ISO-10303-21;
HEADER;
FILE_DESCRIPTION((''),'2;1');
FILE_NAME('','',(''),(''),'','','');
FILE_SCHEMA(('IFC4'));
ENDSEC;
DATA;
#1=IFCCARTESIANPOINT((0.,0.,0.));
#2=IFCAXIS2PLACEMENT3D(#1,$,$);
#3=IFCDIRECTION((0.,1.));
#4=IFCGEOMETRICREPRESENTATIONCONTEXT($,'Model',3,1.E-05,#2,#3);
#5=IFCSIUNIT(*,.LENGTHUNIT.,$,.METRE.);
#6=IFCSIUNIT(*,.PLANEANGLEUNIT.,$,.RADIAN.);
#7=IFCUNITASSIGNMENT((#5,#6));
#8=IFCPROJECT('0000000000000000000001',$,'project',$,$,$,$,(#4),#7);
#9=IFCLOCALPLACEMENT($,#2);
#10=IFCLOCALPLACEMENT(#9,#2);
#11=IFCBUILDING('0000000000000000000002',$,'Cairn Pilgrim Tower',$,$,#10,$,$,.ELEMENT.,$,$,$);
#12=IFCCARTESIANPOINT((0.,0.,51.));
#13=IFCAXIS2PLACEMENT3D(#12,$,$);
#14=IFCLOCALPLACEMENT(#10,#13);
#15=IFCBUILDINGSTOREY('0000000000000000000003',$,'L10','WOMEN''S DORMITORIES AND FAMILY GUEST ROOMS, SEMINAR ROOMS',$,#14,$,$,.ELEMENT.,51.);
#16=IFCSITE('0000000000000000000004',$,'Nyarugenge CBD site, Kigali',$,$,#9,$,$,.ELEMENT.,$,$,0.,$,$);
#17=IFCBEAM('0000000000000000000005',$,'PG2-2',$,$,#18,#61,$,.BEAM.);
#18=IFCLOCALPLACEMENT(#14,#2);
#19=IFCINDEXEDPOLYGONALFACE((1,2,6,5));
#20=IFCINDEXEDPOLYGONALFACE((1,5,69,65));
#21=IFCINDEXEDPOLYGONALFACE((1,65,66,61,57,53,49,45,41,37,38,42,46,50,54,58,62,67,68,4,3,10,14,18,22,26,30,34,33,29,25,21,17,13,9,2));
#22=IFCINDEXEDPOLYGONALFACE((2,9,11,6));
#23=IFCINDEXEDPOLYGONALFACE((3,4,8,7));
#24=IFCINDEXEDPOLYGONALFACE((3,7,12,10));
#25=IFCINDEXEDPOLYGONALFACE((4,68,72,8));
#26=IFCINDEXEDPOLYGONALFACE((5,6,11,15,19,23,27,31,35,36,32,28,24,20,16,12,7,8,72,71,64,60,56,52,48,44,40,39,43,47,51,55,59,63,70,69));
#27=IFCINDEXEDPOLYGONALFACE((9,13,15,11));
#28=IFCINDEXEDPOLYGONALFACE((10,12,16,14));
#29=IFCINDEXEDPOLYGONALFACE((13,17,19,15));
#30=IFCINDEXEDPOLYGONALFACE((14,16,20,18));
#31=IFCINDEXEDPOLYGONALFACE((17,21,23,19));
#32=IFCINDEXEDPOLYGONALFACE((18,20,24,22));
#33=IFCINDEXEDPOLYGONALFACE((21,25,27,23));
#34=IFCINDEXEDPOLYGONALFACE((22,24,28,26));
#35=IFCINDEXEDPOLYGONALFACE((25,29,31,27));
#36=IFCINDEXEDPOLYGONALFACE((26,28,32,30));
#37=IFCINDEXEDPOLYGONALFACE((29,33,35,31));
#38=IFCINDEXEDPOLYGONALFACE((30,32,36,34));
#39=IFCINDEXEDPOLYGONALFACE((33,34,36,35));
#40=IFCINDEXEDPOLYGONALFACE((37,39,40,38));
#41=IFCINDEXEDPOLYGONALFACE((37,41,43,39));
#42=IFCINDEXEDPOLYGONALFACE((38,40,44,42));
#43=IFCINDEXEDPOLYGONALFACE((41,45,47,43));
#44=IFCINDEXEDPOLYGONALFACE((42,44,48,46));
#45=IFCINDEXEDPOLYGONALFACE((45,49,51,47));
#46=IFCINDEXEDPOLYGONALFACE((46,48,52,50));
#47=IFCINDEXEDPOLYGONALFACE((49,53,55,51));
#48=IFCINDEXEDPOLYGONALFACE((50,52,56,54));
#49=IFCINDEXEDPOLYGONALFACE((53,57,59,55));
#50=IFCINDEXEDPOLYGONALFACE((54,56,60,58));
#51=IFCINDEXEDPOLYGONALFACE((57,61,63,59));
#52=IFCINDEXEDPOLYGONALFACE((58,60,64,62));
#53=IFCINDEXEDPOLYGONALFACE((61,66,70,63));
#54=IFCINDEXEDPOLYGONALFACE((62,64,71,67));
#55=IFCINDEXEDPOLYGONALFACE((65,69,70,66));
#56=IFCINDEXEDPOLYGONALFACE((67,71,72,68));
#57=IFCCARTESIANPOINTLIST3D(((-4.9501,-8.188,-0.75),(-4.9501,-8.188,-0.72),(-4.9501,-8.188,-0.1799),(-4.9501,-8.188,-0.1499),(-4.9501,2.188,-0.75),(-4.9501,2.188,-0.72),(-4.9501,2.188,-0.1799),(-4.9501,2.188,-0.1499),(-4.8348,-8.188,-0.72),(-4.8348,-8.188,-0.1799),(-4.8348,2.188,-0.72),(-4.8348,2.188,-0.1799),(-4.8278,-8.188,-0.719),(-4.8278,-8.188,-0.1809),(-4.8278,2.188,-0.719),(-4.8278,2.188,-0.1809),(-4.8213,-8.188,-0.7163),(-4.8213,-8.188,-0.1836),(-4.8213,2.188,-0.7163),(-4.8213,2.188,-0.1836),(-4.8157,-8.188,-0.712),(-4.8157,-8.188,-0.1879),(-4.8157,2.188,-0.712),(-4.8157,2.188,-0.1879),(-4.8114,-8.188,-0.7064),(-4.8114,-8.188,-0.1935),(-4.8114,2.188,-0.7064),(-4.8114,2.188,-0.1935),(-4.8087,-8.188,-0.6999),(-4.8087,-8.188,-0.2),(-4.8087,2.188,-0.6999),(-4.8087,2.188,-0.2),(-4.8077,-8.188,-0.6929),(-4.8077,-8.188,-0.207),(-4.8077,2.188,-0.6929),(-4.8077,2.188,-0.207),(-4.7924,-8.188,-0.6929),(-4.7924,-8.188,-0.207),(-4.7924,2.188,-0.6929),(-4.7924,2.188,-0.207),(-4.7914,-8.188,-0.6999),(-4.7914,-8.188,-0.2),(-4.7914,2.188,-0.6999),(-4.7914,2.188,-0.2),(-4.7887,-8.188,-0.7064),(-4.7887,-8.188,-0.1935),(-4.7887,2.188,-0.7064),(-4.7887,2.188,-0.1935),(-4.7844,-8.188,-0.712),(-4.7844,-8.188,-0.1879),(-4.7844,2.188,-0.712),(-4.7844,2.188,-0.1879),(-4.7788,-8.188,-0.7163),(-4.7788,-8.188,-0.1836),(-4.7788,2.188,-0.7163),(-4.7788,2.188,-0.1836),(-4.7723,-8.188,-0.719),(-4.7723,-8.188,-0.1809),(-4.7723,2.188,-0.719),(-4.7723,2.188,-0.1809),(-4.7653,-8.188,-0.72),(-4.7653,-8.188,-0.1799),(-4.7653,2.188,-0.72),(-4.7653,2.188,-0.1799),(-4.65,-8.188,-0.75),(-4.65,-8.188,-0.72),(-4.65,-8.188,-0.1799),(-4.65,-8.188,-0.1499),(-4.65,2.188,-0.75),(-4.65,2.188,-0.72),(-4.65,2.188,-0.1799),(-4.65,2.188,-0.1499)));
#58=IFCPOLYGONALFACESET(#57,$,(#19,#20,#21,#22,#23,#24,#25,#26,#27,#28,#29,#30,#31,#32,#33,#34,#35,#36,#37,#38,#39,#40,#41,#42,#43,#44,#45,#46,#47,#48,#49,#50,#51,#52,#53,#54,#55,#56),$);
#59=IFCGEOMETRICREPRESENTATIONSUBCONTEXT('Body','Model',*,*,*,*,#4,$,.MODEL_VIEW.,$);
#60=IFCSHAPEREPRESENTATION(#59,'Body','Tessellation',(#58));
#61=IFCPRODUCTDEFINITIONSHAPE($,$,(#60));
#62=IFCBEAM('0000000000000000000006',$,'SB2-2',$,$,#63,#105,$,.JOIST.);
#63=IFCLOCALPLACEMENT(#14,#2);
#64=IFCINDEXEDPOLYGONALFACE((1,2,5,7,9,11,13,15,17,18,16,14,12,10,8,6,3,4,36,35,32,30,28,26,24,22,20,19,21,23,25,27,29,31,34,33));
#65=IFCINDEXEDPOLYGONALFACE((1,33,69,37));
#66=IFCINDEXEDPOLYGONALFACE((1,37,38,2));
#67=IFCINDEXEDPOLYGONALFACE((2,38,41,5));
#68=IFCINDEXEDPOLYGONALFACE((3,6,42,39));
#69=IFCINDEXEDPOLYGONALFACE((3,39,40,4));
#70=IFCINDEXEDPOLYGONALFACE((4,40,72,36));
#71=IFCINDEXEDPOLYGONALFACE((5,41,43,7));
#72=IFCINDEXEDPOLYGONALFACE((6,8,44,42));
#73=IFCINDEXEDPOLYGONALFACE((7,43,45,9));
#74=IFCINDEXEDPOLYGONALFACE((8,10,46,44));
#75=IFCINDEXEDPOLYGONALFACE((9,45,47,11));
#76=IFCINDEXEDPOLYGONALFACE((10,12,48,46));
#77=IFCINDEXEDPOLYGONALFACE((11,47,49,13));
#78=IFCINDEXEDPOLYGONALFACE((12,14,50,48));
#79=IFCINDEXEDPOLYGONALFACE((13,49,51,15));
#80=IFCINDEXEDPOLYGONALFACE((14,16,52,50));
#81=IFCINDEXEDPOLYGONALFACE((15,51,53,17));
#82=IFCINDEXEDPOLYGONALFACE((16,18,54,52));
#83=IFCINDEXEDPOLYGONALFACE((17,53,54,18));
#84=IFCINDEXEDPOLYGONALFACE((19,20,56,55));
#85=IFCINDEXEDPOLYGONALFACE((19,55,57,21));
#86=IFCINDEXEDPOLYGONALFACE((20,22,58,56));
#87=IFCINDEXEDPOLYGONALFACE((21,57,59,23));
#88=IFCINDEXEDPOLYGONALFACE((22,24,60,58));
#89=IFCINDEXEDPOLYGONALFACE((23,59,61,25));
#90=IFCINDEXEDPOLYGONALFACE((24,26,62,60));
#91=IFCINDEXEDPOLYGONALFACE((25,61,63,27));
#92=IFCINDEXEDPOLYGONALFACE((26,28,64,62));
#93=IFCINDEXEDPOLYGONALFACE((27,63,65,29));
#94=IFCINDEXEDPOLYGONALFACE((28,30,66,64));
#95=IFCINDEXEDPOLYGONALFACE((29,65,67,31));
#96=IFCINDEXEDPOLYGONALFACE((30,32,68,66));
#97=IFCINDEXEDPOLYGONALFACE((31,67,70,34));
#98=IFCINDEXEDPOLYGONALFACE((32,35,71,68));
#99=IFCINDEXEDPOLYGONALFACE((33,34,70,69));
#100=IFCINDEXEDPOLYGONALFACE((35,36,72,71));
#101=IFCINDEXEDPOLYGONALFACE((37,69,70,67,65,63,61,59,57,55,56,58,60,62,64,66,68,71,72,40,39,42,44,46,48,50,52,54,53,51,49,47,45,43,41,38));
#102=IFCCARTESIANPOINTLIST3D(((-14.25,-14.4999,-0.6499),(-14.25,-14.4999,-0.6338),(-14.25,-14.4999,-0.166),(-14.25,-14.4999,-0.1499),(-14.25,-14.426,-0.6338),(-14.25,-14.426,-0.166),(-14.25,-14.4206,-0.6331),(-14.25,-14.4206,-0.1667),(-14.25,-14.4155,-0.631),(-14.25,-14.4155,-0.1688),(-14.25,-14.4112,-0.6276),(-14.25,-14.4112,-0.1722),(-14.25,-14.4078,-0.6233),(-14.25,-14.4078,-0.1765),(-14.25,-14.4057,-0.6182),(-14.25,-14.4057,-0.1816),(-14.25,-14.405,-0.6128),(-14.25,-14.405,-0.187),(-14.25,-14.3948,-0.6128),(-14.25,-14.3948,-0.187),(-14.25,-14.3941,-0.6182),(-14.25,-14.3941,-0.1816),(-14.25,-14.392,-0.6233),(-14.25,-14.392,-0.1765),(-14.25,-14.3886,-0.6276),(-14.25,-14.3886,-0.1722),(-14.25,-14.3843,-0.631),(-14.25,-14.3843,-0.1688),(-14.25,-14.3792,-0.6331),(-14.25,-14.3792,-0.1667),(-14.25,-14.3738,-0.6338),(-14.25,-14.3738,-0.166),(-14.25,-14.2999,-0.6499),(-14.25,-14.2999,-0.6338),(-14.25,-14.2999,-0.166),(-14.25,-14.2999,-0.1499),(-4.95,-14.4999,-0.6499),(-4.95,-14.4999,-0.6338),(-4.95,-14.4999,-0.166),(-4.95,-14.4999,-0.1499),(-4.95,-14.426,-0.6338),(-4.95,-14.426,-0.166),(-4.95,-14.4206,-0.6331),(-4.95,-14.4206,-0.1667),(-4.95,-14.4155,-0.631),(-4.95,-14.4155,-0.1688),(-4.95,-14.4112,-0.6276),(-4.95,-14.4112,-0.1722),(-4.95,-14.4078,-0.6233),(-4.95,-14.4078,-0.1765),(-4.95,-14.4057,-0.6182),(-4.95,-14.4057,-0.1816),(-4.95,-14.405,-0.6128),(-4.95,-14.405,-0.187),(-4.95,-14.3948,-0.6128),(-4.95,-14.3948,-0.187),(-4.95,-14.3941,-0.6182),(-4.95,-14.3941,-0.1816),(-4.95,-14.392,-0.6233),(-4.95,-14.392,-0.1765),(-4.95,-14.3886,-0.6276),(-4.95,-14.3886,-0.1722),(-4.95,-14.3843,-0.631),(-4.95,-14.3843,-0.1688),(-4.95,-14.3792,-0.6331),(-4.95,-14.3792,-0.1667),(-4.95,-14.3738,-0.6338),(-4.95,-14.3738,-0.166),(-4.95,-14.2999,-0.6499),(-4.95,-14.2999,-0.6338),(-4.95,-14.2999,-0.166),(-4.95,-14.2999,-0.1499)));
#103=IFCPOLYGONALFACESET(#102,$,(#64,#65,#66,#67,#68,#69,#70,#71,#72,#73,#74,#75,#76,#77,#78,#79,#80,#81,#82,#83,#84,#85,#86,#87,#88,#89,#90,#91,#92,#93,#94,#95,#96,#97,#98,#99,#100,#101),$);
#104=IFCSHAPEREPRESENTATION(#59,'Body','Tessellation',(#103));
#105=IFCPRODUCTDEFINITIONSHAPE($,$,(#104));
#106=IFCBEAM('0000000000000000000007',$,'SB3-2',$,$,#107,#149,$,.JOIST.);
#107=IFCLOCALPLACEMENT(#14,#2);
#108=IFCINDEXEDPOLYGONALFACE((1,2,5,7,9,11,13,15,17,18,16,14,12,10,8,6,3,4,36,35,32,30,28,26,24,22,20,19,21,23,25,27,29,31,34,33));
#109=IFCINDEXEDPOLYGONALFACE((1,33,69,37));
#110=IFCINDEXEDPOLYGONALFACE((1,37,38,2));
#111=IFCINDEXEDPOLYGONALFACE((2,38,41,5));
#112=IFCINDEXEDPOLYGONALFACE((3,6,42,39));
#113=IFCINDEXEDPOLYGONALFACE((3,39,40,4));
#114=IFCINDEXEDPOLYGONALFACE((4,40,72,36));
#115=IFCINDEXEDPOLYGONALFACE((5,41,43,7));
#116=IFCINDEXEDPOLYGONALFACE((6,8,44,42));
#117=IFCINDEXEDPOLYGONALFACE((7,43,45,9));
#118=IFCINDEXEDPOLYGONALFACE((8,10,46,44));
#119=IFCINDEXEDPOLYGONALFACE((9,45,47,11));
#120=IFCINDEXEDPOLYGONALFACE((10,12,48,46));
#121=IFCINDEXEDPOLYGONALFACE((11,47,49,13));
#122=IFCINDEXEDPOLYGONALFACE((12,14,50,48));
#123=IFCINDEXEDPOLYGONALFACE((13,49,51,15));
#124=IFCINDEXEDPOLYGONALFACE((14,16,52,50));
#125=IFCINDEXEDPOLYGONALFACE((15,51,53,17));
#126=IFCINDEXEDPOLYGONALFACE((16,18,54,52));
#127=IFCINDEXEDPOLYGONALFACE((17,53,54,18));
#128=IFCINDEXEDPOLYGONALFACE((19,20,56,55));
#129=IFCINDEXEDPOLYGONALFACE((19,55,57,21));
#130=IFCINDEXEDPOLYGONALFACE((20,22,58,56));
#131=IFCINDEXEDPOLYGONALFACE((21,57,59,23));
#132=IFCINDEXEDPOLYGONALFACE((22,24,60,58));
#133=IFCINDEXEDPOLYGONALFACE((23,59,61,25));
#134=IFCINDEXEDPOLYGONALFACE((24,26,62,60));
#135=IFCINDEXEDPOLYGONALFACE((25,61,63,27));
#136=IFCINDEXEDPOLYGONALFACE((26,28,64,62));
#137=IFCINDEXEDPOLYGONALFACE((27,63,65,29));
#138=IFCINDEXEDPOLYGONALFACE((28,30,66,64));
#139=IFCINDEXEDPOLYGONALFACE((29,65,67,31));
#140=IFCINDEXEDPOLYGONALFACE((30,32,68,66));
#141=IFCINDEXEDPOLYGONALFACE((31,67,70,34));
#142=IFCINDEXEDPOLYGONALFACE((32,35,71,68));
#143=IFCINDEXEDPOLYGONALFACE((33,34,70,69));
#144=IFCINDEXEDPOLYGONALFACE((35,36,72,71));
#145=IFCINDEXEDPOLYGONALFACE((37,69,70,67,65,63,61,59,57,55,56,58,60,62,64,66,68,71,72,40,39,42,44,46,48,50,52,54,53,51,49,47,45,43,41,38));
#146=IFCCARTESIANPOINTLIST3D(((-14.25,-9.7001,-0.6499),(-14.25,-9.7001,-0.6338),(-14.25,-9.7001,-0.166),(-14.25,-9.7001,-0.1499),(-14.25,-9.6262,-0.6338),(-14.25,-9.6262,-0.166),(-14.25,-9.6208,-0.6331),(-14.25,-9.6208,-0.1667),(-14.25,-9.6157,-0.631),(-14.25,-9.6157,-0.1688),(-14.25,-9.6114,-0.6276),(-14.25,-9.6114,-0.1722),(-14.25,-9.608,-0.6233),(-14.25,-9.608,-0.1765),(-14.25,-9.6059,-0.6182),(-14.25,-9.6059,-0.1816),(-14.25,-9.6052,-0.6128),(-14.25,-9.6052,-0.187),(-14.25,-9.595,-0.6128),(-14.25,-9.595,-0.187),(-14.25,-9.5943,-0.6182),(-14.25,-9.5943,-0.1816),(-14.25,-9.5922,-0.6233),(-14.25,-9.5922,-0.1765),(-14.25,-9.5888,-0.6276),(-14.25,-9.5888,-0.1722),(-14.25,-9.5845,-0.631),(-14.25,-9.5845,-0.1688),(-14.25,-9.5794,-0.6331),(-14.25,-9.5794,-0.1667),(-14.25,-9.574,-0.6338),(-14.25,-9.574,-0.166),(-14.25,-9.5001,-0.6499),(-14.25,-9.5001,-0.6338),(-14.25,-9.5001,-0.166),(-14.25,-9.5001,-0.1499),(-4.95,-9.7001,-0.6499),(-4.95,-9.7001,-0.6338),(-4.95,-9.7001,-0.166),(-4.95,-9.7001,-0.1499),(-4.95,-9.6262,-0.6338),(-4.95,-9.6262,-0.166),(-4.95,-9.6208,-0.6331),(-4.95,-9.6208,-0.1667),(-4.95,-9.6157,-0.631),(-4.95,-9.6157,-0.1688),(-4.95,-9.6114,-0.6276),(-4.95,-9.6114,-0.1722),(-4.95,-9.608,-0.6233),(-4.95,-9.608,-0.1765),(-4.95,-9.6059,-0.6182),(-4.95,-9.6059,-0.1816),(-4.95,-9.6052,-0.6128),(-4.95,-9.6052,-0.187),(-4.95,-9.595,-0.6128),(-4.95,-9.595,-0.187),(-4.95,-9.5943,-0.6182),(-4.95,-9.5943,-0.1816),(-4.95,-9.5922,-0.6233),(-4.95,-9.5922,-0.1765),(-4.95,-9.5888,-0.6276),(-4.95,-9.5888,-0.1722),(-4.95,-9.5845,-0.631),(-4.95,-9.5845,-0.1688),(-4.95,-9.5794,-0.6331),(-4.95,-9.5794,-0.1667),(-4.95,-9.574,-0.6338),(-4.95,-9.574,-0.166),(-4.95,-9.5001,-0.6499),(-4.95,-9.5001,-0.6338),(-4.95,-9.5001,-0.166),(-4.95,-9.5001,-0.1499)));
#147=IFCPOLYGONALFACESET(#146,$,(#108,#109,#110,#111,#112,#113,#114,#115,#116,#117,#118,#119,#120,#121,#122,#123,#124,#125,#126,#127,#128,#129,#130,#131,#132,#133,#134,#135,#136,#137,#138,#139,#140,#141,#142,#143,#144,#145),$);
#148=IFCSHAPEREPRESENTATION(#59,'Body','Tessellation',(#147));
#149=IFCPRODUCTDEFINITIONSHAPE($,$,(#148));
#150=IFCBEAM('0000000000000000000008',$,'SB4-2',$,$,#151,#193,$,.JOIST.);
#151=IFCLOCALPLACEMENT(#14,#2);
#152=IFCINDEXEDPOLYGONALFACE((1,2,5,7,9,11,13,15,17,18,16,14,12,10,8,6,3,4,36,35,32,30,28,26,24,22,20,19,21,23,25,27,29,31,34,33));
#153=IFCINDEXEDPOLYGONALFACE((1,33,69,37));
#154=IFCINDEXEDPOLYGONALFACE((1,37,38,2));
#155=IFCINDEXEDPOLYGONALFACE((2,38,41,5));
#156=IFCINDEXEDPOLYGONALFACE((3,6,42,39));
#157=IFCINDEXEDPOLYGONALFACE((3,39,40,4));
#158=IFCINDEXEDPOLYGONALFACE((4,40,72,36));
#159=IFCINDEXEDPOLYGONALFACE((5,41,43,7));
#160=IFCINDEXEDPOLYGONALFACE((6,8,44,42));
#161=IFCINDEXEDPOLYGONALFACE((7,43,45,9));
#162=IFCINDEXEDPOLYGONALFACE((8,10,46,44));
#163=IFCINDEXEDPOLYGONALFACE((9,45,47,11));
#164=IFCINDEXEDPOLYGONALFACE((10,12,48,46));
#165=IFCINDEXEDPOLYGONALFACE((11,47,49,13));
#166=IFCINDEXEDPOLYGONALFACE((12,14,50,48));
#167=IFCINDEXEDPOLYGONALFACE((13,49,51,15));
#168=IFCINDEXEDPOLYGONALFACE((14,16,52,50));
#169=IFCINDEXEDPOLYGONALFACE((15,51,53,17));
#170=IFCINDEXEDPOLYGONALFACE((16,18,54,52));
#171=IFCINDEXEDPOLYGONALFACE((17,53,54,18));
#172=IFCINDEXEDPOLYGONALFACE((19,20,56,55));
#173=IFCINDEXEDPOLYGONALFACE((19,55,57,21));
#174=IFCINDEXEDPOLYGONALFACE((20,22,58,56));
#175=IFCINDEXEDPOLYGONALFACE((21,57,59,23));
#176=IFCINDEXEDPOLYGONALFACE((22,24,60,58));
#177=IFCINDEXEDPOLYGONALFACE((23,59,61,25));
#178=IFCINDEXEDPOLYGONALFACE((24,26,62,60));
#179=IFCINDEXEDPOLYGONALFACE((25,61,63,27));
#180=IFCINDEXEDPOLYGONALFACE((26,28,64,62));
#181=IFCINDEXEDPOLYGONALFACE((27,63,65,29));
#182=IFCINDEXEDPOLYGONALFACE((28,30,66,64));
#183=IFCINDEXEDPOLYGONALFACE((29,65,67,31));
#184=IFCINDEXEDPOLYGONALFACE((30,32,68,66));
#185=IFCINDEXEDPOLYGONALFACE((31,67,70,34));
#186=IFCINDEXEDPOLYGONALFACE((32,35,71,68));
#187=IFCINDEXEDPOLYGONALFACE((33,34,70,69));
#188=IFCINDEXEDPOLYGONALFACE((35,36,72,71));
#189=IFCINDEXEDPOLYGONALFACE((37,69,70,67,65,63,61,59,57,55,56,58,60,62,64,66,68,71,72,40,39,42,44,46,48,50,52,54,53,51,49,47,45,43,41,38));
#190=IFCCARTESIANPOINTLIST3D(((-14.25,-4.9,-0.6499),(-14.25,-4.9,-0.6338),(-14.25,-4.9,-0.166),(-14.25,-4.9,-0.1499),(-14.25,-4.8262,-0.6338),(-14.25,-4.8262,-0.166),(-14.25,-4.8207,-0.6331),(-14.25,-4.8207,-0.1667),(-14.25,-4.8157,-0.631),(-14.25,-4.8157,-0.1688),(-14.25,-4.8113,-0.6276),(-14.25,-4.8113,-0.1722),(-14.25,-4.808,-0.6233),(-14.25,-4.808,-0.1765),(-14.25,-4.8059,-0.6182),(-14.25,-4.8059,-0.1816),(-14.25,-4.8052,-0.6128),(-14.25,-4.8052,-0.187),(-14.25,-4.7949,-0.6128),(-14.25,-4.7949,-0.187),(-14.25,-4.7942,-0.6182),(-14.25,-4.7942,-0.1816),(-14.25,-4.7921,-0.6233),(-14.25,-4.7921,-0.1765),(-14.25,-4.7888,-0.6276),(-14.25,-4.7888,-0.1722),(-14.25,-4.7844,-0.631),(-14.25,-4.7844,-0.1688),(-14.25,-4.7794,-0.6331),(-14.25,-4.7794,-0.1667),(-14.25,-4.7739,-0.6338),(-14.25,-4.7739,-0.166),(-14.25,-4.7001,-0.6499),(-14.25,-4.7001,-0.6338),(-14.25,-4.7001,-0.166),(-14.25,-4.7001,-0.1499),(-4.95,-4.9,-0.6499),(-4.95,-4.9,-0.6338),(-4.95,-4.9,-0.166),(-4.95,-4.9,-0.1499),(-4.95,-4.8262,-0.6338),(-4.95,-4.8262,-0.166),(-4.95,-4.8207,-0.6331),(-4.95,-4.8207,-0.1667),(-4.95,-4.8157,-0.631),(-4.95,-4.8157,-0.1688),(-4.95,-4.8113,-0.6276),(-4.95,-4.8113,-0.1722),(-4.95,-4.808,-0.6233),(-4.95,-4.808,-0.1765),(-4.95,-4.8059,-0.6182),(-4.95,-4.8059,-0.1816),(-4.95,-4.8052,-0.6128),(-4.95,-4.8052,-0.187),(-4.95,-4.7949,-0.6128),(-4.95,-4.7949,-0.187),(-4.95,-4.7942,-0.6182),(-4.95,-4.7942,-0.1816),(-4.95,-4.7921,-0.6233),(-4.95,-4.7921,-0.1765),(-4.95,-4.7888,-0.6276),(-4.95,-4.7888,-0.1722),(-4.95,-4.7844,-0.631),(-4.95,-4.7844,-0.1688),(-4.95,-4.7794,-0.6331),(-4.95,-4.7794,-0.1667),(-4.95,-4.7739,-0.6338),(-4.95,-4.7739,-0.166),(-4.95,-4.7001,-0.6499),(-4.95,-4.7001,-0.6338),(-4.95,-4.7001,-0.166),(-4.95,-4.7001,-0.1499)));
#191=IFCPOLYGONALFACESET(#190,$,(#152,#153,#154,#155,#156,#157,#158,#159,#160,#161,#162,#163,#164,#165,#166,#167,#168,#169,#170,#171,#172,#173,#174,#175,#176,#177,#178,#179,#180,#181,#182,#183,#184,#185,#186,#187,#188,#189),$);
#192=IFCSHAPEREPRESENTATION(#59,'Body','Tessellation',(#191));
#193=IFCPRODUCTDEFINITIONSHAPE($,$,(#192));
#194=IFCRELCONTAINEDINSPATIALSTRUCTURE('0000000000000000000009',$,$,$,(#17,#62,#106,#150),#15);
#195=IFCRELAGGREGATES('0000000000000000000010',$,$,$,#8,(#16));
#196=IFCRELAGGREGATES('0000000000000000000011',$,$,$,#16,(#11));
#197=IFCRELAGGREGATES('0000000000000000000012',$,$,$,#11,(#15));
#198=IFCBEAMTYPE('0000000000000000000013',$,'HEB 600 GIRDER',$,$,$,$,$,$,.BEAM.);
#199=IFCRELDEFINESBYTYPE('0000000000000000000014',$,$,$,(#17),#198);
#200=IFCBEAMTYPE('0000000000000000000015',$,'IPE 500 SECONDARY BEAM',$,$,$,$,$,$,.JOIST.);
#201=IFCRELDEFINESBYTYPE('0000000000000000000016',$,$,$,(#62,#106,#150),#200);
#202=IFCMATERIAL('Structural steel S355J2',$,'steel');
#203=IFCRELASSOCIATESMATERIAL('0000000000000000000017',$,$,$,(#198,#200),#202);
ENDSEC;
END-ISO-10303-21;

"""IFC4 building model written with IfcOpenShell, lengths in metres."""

from ifc_helpers import new_model, si_unit, direction, frame, origin, origin_2d, place, context, subcontext, project, spatial, i_section, extrude, material, material_profile, profile_set, type_object, element, save


model = new_model("IFC4")

# Units and contexts
model_context = context("Model", 3, precision=1e-05, world=origin(), true_north=direction((0.0, 1.0)))
body_context = subcontext(model_context, "Body", "Model", "MODEL_VIEW")
ifc_project = project(units=[si_unit("LENGTHUNIT", "METRE"), si_unit("PLANEANGLEUNIT", "RADIAN")], contexts=[model_context])

# Site, building, storey
site_placement = place(None, origin())
site = spatial("IfcSite", under=ifc_project, at=site_placement, Name="Nyarugenge CBD site, Kigali", CompositionType="ELEMENT", RefElevation=0.0)
building_placement = place(site_placement, origin())
building = spatial("IfcBuilding", under=site, at=building_placement, Name="Cairn Pilgrim Tower", CompositionType="ELEMENT")
storey_placement = place(building_placement, frame((0.0, 0.0, 51.0)))
storey = spatial("IfcBuildingStorey", under=building, at=storey_placement, Name="L10", Description="WOMEN'S DORMITORIES AND FAMILY GUEST ROOMS, SEMINAR ROOMS", CompositionType="ELEMENT", Elevation=51.0)

# Beams
ifc_material_1 = material(Name="Structural steel S355J2", Category="steel")
ifc_material_profile_1 = material_profile(ifc_material_1, i_section(OverallWidth=0.3, OverallDepth=0.6001, WebThickness=0.0154, FlangeThickness=0.03, FilletRadius=0.0271, at=origin_2d()), Name="HEB 600")
ifc_profile_set_1 = profile_set([ifc_material_profile_1], Name="Structural steel S355J2")
beam_type_1 = type_object("IfcBeamType", Name="HEB 600 GIRDER", PredefinedType="BEAM", material=ifc_profile_set_1)
beam_1_placement = place(storey_placement, frame((-4.8, -8.188, -0.45), z_axis=(0.0, 1.0, 0.0), x_axis=(-1.0, 0.0, 0.0)))
element("IfcBeam", 1, at=beam_1_placement, inside=storey, type_object=beam_type_1, Name="PG2-2", PredefinedType="BEAM", context=body_context, shape_type="SweptSolid", body=[
    extrude(i_section(OverallWidth=0.3, OverallDepth=0.6001, WebThickness=0.0154, FlangeThickness=0.03, FilletRadius=0.0271, at=origin_2d()), origin(), (0.0, 0.0, 1.0), 10.376),
])
ifc_material_profile_2 = material_profile(ifc_material_1, i_section(OverallWidth=0.2, OverallDepth=0.5, WebThickness=0.0103, FlangeThickness=0.0161, FilletRadius=0.021, at=origin_2d()), Name="IPE 500")
ifc_profile_set_2 = profile_set([ifc_material_profile_2], Name="Structural steel S355J2")
beam_type_2 = type_object("IfcBeamType", Name="IPE 500 SECONDARY BEAM", PredefinedType="JOIST", material=ifc_profile_set_2)
for number, where, z_axis, x_axis, name in (
    (2, (-14.25, -14.3999, -0.3999), (1.0, 0.0, 0.0), (0.0, 1.0, 0.0), "SB2-2"),
    (3, (-14.25, -9.6001, -0.3999), (1.0, 0.0, 0.0), (0.0, 1.0, 0.0), "SB3-2"),
    (4, (-14.25, -4.8, -0.3999), (1.0, 0.0, 0.0), (0.0, 1.0, 0.0), "SB4-2"),
):
    element("IfcBeam", number, at=place(storey_placement, frame(where, z_axis=z_axis, x_axis=x_axis)), inside=storey, type_object=beam_type_2, Name=name, PredefinedType="JOIST", context=body_context, shape_type="SweptSolid", body=[
        extrude(i_section(OverallWidth=0.2, OverallDepth=0.5, WebThickness=0.0103, FlangeThickness=0.0161, FilletRadius=0.021, at=origin_2d()), origin(), (0.0, 0.0, 1.0), 9.3),
    ])

save(model, "model.ifc")
